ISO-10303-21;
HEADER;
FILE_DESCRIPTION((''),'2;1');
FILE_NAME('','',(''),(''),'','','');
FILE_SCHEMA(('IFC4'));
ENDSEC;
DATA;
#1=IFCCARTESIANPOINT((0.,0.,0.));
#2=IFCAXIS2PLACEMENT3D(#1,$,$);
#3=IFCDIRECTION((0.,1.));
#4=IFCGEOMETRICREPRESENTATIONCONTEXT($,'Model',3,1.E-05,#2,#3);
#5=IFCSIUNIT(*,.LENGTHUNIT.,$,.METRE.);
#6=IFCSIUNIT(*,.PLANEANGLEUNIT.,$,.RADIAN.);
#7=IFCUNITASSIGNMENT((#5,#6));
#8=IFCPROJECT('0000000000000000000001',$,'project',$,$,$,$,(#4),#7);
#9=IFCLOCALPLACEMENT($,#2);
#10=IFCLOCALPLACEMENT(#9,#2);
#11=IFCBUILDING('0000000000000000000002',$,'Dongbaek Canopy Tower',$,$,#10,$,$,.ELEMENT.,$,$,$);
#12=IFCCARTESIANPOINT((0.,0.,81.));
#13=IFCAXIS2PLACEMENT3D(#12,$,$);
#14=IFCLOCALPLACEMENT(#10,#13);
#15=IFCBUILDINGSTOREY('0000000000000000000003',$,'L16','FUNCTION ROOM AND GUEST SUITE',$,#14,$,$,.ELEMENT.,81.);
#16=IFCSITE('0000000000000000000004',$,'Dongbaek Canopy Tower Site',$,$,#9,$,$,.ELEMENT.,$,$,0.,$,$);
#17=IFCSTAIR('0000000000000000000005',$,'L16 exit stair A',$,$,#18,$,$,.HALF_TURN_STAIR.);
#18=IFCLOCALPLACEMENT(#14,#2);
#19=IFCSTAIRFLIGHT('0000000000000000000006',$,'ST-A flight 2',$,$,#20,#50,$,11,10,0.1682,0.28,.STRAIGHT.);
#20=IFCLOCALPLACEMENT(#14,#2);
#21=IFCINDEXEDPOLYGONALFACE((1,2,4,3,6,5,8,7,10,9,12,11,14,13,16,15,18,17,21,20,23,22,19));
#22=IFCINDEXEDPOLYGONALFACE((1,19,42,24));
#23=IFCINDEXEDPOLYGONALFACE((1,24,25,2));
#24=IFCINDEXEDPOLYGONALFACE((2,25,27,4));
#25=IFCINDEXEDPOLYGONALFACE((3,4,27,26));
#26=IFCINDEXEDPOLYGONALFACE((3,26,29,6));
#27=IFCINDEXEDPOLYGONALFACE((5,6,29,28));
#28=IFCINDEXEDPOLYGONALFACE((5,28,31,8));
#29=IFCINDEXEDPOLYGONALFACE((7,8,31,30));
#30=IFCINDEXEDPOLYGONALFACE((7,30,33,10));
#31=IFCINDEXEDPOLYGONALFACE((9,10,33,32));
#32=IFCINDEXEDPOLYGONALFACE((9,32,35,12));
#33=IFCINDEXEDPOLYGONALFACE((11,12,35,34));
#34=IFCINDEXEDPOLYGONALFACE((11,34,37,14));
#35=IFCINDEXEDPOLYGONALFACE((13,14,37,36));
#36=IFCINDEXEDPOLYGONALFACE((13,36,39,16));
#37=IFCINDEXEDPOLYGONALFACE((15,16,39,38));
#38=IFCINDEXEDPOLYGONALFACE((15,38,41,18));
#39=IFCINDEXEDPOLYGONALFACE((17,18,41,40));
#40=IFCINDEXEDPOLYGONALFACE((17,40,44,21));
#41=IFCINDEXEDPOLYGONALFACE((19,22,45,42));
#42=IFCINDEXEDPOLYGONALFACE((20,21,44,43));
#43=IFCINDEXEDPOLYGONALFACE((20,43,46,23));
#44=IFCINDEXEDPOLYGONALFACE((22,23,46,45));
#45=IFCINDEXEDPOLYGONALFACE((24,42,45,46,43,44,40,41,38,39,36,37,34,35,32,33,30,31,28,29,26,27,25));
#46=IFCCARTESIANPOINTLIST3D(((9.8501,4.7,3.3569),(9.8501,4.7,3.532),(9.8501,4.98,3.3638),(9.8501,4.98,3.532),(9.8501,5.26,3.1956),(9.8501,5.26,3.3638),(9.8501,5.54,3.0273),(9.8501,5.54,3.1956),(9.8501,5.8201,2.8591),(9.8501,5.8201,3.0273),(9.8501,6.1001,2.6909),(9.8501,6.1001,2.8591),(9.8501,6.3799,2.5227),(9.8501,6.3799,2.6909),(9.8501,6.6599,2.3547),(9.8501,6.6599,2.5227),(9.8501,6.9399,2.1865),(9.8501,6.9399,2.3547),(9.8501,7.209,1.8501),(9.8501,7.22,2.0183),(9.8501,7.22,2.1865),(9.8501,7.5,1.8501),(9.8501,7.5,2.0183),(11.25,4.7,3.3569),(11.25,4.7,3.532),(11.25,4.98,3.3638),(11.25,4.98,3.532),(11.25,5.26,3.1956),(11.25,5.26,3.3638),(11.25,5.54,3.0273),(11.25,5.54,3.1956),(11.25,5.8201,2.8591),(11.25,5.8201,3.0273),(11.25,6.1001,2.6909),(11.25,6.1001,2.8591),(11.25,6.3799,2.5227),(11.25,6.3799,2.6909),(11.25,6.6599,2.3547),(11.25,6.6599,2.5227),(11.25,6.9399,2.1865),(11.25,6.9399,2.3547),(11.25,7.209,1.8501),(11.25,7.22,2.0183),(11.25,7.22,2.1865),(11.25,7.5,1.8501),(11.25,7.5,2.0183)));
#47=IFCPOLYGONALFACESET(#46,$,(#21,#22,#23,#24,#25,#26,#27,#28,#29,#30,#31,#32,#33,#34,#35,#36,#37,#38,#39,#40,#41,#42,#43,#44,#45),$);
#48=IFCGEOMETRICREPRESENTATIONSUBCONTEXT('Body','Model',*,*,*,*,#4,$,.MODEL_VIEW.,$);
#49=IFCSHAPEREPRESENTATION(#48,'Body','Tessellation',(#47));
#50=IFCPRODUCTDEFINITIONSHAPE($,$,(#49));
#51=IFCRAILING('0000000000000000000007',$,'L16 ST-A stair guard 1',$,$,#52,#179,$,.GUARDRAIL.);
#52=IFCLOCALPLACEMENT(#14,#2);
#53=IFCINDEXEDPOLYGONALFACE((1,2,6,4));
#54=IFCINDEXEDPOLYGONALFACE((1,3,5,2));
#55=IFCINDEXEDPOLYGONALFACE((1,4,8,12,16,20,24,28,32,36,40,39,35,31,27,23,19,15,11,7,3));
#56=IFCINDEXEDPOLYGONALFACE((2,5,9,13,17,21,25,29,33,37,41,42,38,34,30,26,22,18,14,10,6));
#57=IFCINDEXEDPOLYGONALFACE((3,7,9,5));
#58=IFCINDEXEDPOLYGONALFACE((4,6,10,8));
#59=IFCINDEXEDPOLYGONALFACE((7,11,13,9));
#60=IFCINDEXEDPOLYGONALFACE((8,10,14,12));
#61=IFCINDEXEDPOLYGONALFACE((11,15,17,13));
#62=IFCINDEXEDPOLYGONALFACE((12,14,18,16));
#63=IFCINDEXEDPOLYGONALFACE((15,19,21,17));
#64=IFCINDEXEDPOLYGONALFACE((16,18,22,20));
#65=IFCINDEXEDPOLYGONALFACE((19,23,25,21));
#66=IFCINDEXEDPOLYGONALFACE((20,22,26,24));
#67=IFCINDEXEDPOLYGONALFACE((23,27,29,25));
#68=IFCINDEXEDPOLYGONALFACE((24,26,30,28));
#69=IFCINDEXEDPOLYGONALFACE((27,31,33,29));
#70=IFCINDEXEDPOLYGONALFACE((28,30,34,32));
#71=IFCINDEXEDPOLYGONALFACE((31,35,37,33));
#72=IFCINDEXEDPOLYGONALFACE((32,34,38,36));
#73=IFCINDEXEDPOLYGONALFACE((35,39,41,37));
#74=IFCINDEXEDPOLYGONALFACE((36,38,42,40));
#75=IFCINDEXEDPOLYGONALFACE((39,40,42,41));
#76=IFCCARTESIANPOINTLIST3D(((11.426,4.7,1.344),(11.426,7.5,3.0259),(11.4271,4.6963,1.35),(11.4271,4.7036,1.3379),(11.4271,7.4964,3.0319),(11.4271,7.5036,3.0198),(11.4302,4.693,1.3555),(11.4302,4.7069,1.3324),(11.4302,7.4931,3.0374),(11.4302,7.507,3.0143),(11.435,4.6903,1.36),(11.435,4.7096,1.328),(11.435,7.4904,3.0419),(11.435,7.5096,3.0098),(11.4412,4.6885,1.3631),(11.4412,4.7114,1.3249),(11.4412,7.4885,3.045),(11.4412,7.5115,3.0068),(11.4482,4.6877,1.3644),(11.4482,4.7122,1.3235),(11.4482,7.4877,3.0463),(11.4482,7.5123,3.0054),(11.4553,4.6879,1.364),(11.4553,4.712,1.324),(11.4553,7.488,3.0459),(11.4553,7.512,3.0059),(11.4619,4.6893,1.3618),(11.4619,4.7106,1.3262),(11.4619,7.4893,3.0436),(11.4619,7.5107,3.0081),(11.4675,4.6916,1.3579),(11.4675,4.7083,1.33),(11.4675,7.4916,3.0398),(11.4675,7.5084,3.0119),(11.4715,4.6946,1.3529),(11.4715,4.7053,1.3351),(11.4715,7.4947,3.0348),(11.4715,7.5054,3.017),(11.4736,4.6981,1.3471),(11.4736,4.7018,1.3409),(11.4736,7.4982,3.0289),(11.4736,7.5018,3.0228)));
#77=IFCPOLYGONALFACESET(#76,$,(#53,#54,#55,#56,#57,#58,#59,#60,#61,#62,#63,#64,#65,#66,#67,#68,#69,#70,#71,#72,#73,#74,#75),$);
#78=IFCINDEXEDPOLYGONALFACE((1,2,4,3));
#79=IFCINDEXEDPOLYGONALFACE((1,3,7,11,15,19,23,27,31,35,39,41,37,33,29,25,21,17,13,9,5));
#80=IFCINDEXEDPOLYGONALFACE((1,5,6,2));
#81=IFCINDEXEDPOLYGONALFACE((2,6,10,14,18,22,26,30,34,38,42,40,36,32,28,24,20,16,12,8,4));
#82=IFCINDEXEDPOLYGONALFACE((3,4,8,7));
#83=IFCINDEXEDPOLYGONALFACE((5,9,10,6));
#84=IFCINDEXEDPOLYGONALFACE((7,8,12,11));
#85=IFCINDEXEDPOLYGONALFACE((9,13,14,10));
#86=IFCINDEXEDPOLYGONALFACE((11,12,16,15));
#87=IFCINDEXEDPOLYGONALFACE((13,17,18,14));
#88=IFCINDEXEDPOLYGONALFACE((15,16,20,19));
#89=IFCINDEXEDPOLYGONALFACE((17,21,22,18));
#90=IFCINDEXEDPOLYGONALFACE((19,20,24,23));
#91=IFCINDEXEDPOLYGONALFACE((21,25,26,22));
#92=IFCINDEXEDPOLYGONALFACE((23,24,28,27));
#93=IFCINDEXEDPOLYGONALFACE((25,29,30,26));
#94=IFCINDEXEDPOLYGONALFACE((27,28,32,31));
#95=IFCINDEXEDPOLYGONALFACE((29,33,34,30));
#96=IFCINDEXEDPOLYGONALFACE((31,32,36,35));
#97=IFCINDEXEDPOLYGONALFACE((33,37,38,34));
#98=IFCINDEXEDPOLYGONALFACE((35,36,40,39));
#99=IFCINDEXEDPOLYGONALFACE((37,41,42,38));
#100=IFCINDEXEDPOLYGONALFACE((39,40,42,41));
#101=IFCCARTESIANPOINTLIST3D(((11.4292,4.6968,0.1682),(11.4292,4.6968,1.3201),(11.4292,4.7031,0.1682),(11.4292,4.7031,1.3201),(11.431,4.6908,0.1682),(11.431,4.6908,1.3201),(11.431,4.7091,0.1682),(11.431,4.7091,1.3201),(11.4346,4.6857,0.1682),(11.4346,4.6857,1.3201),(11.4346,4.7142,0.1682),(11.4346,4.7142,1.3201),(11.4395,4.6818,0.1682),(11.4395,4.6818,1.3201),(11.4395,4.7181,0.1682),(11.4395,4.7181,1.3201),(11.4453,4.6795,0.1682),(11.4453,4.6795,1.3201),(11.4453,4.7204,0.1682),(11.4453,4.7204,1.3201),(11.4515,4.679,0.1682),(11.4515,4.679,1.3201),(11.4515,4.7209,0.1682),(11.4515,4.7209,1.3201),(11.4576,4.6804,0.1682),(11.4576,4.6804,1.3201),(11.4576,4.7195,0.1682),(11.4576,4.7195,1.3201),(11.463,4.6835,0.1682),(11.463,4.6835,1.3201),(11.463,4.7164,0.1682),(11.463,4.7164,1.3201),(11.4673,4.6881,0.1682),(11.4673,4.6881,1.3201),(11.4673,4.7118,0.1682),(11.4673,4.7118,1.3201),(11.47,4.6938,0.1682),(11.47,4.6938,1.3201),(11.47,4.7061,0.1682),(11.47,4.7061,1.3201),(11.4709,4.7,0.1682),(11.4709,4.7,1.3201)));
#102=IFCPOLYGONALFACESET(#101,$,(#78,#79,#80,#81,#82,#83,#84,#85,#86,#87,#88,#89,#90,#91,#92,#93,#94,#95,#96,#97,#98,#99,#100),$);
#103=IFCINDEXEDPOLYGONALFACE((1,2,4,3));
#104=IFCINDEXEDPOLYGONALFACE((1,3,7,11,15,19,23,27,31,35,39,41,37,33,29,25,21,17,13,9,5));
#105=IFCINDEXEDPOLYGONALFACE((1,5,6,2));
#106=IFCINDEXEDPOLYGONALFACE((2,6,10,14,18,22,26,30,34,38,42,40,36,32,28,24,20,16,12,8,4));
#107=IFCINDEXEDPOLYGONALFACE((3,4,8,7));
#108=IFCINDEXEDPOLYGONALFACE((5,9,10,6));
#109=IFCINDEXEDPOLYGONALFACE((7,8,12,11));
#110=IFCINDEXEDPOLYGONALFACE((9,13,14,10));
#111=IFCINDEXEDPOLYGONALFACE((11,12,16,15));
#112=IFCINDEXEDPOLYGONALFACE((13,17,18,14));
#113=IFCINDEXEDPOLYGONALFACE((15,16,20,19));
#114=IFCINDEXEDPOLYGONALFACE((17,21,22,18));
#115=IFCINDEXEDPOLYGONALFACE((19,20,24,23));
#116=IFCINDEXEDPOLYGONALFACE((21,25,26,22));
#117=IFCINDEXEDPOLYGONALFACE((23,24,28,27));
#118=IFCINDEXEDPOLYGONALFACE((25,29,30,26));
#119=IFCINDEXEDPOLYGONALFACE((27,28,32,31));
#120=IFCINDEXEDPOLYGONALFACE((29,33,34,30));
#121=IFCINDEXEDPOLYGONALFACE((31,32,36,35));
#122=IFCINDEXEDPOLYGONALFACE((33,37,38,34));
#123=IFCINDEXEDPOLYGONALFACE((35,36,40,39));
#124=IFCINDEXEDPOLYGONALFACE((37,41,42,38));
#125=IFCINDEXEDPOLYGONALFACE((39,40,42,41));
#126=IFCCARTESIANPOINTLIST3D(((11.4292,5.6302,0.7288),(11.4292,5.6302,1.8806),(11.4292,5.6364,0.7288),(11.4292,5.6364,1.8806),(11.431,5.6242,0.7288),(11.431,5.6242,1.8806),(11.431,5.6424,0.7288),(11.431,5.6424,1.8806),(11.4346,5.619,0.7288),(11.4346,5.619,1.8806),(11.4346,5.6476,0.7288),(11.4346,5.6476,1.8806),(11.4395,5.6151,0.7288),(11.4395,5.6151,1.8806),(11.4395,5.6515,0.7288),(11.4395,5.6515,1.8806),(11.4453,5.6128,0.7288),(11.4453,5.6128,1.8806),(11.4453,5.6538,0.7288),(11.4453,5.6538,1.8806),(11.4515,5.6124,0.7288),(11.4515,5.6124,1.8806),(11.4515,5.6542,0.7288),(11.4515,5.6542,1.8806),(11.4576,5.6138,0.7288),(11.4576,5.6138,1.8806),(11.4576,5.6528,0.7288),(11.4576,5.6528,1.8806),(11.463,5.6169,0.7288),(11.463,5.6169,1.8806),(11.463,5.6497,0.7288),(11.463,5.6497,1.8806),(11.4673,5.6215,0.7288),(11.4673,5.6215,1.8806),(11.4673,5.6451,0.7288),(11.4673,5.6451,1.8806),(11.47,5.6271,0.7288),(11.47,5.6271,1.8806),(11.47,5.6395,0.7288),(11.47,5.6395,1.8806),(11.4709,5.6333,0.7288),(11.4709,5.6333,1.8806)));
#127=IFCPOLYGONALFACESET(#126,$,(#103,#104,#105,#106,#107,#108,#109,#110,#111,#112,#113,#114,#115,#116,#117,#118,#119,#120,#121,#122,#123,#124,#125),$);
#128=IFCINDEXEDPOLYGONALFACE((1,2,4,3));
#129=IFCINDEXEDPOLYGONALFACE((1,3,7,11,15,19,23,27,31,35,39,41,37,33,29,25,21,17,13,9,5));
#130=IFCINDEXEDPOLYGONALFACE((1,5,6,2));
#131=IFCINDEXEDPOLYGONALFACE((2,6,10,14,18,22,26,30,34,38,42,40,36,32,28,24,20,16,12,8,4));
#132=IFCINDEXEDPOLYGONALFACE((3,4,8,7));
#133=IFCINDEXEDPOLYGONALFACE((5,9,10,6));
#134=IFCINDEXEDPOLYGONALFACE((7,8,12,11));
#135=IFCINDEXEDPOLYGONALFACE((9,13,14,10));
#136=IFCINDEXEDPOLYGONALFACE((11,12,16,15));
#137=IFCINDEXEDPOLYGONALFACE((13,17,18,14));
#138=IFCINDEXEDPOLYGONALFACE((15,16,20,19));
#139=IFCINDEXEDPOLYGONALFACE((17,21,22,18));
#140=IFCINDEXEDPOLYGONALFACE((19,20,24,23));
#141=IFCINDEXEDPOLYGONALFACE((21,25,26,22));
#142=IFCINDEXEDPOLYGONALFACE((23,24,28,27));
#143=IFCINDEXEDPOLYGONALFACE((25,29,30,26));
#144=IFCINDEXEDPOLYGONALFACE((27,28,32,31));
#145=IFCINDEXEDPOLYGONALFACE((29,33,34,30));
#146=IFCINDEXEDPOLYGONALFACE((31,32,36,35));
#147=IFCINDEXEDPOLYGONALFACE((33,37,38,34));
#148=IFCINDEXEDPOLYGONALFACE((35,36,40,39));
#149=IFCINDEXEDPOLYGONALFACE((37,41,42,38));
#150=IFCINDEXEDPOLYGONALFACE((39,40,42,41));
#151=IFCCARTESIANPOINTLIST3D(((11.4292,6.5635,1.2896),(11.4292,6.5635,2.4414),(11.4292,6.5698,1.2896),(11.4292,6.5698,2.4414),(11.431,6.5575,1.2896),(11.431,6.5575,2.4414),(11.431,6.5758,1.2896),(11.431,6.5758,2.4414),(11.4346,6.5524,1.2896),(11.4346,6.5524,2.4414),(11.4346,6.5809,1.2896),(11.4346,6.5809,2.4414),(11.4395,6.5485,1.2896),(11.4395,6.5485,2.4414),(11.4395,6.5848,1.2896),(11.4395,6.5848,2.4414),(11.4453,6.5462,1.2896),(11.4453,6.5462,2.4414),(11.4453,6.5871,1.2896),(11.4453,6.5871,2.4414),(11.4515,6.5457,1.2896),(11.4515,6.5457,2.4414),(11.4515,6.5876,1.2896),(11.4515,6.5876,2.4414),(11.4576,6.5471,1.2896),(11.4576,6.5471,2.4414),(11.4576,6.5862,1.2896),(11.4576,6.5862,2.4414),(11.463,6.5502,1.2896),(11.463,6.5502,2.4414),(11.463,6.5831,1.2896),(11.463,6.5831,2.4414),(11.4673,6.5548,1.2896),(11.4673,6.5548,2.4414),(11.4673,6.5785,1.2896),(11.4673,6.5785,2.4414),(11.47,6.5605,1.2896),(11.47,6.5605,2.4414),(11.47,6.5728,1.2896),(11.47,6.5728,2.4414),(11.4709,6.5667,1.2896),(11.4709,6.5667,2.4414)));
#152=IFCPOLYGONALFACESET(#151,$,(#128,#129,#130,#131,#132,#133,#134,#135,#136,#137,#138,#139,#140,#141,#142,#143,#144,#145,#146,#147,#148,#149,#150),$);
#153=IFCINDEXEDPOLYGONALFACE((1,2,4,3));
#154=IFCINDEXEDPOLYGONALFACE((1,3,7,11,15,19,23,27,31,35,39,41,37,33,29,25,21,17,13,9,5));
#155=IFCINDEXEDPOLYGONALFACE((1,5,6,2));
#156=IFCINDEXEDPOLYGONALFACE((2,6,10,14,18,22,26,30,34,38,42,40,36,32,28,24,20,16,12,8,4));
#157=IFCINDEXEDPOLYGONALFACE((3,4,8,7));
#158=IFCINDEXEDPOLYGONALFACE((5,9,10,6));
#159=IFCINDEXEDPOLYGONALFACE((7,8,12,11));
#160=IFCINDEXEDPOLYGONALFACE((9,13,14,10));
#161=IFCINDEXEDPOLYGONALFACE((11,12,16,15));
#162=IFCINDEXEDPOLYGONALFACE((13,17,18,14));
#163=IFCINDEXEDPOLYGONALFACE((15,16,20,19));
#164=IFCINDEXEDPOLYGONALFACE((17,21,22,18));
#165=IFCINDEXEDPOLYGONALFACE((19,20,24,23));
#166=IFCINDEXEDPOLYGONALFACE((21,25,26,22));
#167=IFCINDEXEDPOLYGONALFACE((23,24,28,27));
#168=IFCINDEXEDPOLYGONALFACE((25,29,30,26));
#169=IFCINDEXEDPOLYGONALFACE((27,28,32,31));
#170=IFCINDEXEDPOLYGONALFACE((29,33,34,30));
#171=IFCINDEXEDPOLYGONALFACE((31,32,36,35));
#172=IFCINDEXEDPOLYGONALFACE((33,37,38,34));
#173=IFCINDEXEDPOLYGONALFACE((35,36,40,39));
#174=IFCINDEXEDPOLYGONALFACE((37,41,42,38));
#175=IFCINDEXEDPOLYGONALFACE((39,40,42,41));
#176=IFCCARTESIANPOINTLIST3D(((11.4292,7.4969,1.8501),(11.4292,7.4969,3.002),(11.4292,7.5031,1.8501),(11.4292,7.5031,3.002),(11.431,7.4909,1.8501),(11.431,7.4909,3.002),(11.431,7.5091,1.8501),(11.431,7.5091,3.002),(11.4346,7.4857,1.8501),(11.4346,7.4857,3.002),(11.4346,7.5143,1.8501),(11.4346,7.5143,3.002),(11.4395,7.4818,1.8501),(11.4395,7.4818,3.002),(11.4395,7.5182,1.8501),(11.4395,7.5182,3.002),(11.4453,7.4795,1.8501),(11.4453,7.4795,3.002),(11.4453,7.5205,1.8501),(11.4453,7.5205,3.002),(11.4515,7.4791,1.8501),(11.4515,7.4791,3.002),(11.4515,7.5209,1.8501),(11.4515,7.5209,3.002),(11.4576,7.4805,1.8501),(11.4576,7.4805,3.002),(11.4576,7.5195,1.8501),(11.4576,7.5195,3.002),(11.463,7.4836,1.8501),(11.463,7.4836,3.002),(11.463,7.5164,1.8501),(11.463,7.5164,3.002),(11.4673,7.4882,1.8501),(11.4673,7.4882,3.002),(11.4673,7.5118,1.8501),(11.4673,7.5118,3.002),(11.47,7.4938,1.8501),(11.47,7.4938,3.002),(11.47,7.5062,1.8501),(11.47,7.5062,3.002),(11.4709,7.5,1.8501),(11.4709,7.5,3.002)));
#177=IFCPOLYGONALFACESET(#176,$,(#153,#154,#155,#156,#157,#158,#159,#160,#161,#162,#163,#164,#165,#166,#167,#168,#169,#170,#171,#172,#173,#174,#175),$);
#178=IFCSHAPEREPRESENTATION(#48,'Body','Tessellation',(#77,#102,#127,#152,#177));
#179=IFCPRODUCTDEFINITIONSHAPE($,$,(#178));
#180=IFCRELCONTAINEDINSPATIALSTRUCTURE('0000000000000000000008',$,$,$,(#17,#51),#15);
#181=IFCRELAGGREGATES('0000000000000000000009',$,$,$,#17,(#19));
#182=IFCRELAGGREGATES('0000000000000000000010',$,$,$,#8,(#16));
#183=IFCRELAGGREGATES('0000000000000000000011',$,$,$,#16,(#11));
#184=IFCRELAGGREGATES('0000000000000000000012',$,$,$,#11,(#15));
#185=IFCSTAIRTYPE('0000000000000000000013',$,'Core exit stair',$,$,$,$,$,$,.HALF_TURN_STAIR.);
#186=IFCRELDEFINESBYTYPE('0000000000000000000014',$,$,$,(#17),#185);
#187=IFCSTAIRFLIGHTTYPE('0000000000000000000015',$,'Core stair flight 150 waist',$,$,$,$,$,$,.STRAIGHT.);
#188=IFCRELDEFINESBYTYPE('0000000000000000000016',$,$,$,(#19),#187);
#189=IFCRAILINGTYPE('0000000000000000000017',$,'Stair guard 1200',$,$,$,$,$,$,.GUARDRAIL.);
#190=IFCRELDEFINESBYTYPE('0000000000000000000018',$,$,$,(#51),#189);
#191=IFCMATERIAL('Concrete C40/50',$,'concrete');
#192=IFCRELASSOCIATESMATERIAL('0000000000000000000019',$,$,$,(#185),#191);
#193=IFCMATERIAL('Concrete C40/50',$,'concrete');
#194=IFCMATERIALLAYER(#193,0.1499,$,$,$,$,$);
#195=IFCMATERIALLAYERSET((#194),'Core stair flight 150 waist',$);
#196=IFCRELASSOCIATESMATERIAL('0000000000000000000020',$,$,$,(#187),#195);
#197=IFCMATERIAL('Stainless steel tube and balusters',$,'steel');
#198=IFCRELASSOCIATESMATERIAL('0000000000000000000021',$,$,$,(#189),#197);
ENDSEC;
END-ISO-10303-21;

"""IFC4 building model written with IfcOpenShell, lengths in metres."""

from ifc_helpers import new_model, si_unit, direction, frame, origin, origin_2d, place, context, subcontext, project, spatial, polyline, circle, outline, extrude, material, layer, layer_set, type_object, element, aggregate, save


model = new_model("IFC4")

# Units and contexts
model_context = context("Model", 3, precision=1e-05, world=origin(), true_north=direction((0.0, 1.0)))
body_context = subcontext(model_context, "Body", "Model", "MODEL_VIEW")
ifc_project = project(units=[si_unit("LENGTHUNIT", "METRE"), si_unit("PLANEANGLEUNIT", "RADIAN")], contexts=[model_context])

# Site, building, storey
site_placement = place(None, origin())
site = spatial("IfcSite", under=ifc_project, at=site_placement, Name="Dongbaek Canopy Tower Site", CompositionType="ELEMENT", RefElevation=0.0)
building_placement = place(site_placement, origin())
building = spatial("IfcBuilding", under=site, at=building_placement, Name="Dongbaek Canopy Tower", CompositionType="ELEMENT")
storey_placement = place(building_placement, frame((0.0, 0.0, 81.0)))
storey = spatial("IfcBuildingStorey", under=building, at=storey_placement, Name="L16", Description="FUNCTION ROOM AND GUEST SUITE", CompositionType="ELEMENT", Elevation=81.0)

# Stair, stair flight
ifc_material_1 = material(Name="Concrete C40/50", Category="concrete")
stair_type = type_object("IfcStairType", Name="Core exit stair", PredefinedType="HALF_TURN_STAIR", material=ifc_material_1)
stair_placement = place(storey_placement, origin())
stair = element("IfcStair", 1, at=stair_placement, inside=storey, type_object=stair_type, Name="L16 exit stair A", PredefinedType="HALF_TURN_STAIR")
ifc_material_2 = material(Name="Concrete C40/50", Category="concrete")
ifc_layer_1 = layer(ifc_material_2, 0.1499)
ifc_layer_set_1 = layer_set([ifc_layer_1], Name="Core stair flight 150 waist")
stair_flight_type = type_object("IfcStairFlightType", Name="Core stair flight 150 waist", PredefinedType="STRAIGHT", material=ifc_layer_set_1)
stair_flight_1_placement = place(storey_placement, frame((10.55, 7.5, 1.8501), z_axis=(0.0, 0.0, 1.0), x_axis=(0.0, -1.0, 0.0)))
stair_flight_1 = element("IfcStairFlight", 2, at=stair_flight_1_placement, type_object=stair_flight_type, Name="ST-A flight 2", NumberOfRisers=11, NumberOfTreads=10, PredefinedType="STRAIGHT", RiserHeight=0.1682, TreadLength=0.28, context=body_context, shape_type="SweptSolid", body=[
    extrude(outline(polyline([(0.0, 0.0), (0.0, 0.1682), (0.28, 0.1682), (0.28, 0.3364), (0.5601, 0.3364), (0.5601, 0.5046), (0.8401, 0.5046), (0.8401, 0.6726), (1.1201, 0.6726), (1.1201, 0.8408), (1.3999, 0.8408), (1.3999, 1.009), (1.6799, 1.009), (1.6799, 1.1772), (1.96, 1.1772), (1.96, 1.3455), (2.24, 1.3455), (2.24, 1.5137), (2.52, 1.5137), (2.52, 1.6819), (2.8, 1.6819), (2.8, 1.8501), (2.8, 1.5068), (0.291, 0.0), (0.0, 0.0)])), frame((0.0, 0.7, 0.0), z_axis=(0.0, -1.0, 0.0), x_axis=(1.0, 0.0, 0.0)), (0.0, 0.0, 1.0), 1.3999),
])
aggregate(stair, [stair_flight_1])

# Railing
ifc_material_3 = material(Name="Stainless steel tube and balusters", Category="steel")
railing_type_1 = type_object("IfcRailingType", Name="Stair guard 1200", PredefinedType="GUARDRAIL", material=ifc_material_3)
railing_1_placement = place(storey_placement, frame((11.45, 4.7, 0.1682)))
element("IfcRailing", 3, at=railing_1_placement, inside=storey, type_object=railing_type_1, Name="L16 ST-A stair guard 1", PredefinedType="GUARDRAIL", context=body_context, shape_type="SweptSolid", body=[
    extrude(circle(Radius=0.0239, at=origin_2d()), frame((0.0, 0.0, 1.1758), z_axis=(0.0, 0.857242, 0.514913), x_axis=(-1.0, 0.0, 0.0)), (0.0, 0.0, 1.0), 3.2664),
    extrude(circle(Radius=0.021, at=origin_2d()), origin(), (0.0, 0.0, 1.0), 1.1519),
    extrude(circle(Radius=0.021, at=origin_2d()), frame((0.0, 0.9333, 0.5605)), (0.0, 0.0, 1.0), 1.1519),
    extrude(circle(Radius=0.021, at=origin_2d()), frame((0.0, 1.8667, 1.1213)), (0.0, 0.0, 1.0), 1.1519),
    extrude(circle(Radius=0.021, at=origin_2d()), frame((0.0, 2.8, 1.6819)), (0.0, 0.0, 1.0), 1.1519),
])

save(model, "model.ifc")
